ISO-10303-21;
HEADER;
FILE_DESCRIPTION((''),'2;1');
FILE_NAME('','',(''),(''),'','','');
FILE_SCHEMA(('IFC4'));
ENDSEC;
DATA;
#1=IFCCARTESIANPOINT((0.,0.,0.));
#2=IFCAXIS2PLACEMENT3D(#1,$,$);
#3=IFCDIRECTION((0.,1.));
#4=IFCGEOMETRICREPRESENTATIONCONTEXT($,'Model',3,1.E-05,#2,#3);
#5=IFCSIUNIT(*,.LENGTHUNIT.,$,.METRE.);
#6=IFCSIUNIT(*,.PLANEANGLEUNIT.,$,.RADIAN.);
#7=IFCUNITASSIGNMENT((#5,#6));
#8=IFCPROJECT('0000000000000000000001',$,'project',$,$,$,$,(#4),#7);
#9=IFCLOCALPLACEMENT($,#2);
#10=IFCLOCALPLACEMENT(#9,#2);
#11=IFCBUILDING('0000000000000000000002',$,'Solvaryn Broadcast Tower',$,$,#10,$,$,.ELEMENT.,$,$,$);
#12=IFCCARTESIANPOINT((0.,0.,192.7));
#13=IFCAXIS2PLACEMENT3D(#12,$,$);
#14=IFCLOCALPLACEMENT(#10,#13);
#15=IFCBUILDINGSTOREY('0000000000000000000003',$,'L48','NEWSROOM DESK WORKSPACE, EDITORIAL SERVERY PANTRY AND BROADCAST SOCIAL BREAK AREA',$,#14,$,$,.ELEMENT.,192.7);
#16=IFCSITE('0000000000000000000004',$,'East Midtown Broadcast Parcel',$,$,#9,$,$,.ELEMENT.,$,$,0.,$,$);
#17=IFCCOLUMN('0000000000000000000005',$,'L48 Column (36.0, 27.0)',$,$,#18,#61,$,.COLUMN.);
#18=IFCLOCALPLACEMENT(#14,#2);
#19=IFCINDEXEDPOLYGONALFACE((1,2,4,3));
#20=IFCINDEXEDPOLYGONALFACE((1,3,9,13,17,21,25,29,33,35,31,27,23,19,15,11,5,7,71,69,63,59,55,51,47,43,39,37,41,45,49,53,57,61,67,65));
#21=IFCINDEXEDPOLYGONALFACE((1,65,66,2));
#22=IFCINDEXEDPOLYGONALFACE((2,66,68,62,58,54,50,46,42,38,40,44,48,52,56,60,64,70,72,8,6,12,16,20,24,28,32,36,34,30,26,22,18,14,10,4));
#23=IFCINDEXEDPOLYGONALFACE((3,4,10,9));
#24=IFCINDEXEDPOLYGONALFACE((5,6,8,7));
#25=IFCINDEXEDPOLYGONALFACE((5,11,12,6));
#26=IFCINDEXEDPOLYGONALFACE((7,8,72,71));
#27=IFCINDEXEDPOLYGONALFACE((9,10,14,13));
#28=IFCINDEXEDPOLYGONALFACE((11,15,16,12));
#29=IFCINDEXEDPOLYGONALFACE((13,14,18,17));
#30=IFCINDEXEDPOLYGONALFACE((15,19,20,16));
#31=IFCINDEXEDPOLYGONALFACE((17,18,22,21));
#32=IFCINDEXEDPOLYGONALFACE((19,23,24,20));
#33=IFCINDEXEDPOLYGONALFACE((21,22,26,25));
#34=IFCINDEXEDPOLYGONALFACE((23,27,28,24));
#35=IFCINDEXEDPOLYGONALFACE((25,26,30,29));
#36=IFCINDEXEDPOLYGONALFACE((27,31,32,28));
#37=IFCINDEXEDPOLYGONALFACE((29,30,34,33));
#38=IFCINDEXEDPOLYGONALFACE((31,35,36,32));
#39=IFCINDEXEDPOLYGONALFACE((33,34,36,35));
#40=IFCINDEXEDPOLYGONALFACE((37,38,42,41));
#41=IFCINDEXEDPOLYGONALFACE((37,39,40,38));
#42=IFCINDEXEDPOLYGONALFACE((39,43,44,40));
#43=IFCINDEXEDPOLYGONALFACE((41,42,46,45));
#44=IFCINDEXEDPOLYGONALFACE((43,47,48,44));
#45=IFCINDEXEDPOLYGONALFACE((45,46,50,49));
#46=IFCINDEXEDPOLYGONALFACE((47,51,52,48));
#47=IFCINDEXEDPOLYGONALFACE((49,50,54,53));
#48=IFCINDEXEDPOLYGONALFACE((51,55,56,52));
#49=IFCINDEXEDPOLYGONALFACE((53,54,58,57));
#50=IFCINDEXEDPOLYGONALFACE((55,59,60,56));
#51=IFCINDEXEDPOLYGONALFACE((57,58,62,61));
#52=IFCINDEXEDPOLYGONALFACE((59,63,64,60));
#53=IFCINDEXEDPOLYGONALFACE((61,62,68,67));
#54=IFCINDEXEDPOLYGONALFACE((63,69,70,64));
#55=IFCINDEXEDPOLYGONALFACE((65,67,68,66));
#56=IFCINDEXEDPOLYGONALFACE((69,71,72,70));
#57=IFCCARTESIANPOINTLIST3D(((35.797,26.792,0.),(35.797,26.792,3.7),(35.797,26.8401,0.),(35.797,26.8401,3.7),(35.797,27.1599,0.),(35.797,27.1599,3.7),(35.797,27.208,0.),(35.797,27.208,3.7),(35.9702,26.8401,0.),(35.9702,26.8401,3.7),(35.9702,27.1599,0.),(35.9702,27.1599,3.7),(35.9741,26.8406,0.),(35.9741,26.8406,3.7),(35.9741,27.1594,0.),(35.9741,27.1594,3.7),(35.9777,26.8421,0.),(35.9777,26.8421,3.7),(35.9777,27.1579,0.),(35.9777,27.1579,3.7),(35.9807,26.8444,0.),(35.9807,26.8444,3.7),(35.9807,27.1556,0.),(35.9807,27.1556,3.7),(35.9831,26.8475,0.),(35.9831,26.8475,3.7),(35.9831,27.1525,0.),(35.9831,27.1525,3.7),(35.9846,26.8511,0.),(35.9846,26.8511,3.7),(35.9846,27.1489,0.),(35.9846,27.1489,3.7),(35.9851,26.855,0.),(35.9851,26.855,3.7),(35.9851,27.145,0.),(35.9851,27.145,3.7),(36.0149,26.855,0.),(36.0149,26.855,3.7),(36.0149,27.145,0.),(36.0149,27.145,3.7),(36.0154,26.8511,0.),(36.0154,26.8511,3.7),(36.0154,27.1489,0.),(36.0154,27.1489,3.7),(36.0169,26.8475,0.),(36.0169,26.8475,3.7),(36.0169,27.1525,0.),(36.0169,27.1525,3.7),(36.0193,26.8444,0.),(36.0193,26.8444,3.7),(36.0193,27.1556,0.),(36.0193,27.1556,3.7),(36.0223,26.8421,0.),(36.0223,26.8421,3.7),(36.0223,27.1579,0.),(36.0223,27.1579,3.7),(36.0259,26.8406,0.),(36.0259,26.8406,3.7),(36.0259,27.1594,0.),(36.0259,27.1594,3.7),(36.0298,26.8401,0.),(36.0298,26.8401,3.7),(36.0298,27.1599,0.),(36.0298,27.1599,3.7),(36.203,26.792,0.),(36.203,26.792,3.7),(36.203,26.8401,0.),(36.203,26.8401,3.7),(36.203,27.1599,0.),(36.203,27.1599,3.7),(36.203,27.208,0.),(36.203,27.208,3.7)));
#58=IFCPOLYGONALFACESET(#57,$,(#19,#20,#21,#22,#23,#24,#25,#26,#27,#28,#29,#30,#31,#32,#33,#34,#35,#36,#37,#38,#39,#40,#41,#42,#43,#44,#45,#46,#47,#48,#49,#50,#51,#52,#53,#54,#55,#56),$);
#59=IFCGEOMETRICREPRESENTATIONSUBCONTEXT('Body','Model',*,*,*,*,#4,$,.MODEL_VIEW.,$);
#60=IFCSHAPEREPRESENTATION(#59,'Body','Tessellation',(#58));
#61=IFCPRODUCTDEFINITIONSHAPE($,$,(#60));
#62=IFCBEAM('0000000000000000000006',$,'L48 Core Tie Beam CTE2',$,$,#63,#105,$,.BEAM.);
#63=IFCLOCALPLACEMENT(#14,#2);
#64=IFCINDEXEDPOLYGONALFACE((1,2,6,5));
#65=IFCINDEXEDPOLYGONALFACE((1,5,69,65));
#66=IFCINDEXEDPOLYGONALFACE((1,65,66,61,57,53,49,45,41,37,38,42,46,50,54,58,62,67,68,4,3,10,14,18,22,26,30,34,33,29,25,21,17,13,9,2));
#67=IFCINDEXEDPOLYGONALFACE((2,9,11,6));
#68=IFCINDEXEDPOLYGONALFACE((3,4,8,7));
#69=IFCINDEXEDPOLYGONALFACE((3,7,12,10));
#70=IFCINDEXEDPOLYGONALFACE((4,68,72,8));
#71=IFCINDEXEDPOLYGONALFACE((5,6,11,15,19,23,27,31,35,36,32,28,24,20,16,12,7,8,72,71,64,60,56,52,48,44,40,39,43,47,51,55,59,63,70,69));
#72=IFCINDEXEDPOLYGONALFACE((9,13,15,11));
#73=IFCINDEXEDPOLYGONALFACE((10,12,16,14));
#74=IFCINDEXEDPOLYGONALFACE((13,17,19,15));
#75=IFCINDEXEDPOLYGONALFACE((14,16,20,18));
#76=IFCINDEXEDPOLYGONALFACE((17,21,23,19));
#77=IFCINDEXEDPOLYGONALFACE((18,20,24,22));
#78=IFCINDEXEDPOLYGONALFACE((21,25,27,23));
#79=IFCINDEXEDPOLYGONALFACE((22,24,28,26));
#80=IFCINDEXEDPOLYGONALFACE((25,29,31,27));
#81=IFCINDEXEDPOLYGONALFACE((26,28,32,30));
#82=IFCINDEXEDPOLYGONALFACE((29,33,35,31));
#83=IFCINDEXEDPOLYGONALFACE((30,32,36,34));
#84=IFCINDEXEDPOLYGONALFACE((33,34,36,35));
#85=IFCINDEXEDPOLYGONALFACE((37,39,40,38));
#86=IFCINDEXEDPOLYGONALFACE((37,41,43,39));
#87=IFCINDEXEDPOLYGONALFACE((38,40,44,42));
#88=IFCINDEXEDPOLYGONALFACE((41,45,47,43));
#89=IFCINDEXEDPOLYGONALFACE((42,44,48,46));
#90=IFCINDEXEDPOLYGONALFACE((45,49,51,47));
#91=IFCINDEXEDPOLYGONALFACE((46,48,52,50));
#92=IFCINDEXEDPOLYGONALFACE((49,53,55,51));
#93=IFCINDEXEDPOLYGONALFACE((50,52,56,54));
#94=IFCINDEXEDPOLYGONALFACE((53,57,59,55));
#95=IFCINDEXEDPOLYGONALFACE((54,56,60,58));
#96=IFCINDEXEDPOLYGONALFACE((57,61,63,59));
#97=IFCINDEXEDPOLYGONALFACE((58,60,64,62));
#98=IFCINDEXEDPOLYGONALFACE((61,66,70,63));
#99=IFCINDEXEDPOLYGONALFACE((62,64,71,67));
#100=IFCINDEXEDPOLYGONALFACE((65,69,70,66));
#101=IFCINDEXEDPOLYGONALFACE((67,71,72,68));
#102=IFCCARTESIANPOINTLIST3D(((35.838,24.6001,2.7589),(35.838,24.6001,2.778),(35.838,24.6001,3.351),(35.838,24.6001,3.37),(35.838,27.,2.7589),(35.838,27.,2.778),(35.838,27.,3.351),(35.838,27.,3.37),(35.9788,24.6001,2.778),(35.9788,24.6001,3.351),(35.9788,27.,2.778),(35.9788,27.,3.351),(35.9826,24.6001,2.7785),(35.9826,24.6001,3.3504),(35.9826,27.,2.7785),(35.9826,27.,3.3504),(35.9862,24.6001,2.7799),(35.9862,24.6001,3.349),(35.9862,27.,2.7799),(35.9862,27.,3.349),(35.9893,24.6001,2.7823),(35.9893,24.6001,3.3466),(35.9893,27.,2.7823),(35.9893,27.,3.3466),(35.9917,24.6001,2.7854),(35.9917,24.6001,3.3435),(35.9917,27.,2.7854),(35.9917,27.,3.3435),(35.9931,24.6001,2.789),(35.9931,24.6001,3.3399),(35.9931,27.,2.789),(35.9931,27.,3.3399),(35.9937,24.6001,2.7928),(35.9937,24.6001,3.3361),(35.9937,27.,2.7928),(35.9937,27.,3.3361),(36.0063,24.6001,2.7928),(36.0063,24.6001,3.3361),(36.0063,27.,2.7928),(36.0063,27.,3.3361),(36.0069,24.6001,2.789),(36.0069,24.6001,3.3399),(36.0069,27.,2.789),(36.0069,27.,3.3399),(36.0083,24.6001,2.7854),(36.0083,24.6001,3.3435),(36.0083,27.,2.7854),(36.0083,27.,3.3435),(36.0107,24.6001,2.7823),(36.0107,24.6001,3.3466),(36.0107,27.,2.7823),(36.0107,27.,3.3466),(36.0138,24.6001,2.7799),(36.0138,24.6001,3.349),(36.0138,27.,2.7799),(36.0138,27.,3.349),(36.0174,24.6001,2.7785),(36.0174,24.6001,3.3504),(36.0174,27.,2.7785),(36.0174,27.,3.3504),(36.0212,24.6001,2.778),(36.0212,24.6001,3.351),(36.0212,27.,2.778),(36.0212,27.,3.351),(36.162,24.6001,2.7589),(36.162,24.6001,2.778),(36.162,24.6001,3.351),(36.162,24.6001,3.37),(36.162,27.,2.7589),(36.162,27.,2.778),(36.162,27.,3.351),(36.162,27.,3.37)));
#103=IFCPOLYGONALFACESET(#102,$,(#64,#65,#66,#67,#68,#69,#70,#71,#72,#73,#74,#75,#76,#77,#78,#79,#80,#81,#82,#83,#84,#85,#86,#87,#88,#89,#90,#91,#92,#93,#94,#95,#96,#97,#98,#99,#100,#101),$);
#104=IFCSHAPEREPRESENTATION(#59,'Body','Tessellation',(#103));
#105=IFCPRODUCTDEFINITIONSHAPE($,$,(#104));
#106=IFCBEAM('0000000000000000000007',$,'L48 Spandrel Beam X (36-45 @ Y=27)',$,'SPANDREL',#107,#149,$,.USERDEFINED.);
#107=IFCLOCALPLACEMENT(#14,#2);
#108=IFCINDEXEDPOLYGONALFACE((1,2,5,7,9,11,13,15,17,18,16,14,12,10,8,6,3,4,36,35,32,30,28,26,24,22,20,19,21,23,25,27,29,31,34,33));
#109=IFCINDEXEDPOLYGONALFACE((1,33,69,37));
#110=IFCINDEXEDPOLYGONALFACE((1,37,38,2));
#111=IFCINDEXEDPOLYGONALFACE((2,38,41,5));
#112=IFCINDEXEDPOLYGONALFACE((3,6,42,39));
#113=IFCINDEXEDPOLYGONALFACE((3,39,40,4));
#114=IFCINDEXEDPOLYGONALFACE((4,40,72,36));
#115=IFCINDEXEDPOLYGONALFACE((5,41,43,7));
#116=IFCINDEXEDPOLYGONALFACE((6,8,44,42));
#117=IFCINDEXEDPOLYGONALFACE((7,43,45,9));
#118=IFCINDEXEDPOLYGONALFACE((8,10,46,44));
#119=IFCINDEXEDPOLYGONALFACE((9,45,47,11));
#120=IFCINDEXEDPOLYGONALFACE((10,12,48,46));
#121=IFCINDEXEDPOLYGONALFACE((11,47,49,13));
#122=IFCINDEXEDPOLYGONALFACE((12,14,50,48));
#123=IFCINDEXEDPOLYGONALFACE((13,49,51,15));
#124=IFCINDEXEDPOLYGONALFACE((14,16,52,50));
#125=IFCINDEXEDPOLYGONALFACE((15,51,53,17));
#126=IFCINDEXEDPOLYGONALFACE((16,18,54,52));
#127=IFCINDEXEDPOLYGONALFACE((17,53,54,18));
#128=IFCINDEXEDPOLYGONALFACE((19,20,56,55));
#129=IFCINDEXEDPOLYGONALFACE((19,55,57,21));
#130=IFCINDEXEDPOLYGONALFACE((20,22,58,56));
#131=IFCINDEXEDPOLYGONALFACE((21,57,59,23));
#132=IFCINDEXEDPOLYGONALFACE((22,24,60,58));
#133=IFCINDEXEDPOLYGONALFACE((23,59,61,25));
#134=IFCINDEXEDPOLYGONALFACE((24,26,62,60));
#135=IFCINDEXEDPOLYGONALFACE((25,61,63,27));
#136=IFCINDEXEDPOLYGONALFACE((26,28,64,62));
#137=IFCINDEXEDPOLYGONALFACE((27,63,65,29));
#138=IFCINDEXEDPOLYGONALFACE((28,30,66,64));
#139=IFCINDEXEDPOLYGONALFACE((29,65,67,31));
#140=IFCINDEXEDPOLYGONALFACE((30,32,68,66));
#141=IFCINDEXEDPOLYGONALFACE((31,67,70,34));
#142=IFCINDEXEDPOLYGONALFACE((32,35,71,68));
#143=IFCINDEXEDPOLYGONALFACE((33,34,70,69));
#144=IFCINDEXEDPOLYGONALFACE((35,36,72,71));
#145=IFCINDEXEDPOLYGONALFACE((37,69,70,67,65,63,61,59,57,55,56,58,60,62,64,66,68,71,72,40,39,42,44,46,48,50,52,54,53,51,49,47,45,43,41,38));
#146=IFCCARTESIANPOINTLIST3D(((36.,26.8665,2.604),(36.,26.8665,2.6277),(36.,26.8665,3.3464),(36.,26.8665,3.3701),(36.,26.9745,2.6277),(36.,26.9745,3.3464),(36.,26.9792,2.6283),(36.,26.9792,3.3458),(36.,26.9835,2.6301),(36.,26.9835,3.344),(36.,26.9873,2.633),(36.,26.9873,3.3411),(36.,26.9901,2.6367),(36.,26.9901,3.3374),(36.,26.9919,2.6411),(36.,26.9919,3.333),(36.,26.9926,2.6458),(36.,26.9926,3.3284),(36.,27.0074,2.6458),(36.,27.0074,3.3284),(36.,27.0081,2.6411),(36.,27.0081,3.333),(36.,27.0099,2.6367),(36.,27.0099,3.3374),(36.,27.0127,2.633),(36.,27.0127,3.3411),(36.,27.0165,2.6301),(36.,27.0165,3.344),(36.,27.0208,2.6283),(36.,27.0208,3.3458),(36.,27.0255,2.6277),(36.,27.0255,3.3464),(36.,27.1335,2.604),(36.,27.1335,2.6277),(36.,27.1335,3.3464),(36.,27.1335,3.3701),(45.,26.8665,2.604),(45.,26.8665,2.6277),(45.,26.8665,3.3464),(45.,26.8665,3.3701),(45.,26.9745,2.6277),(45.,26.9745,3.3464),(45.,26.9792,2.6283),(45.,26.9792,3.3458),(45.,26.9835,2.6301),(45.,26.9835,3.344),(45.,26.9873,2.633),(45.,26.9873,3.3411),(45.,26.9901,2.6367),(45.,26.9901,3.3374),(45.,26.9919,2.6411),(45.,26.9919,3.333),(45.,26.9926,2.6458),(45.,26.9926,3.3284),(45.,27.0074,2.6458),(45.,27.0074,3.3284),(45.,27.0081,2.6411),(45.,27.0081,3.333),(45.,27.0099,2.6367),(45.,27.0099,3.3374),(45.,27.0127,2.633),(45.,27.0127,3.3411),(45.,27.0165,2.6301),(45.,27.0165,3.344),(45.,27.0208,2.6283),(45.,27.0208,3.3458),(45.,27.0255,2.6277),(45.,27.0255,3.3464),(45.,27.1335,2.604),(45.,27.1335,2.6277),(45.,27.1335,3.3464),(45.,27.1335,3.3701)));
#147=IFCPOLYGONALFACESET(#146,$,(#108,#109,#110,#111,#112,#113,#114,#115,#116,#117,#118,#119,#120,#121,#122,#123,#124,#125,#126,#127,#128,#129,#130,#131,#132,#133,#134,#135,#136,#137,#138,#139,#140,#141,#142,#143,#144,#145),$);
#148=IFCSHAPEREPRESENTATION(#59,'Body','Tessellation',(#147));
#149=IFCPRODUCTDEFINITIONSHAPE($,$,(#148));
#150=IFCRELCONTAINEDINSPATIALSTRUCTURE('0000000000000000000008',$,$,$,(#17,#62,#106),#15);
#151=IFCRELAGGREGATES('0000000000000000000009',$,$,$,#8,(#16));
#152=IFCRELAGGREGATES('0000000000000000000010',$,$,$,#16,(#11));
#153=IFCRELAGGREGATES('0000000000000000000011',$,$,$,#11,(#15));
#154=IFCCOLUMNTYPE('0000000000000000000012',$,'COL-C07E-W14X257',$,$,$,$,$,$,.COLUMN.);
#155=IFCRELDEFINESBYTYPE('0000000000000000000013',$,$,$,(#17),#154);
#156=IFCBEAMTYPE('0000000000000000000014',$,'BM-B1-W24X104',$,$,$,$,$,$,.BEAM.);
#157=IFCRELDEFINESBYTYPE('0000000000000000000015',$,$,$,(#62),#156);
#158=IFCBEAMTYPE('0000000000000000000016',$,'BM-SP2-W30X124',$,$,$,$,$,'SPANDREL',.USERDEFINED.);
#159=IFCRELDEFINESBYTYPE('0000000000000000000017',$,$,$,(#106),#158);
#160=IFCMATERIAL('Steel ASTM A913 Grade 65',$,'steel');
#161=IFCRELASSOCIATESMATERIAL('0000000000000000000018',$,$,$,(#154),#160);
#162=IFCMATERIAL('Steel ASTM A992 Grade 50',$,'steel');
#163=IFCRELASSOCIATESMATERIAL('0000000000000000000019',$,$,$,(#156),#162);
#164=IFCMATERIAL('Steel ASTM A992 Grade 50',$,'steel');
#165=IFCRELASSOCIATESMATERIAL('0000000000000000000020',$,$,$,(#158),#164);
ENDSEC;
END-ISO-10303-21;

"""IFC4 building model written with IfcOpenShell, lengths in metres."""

from ifc_helpers import new_model, si_unit, direction, frame, origin, origin_2d, place, context, subcontext, project, spatial, i_section, extrude, material, material_profile, profile_set, type_object, element, save


model = new_model("IFC4")

# Units and contexts
model_context = context("Model", 3, precision=1e-05, world=origin(), true_north=direction((0.0, 1.0)))
body_context = subcontext(model_context, "Body", "Model", "MODEL_VIEW")
ifc_project = project(units=[si_unit("LENGTHUNIT", "METRE"), si_unit("PLANEANGLEUNIT", "RADIAN")], contexts=[model_context])

# Site, building, storey
site_placement = place(None, origin())
site = spatial("IfcSite", under=ifc_project, at=site_placement, Name="East Midtown Broadcast Parcel", CompositionType="ELEMENT", RefElevation=0.0)
building_placement = place(site_placement, origin())
building = spatial("IfcBuilding", under=site, at=building_placement, Name="Solvaryn Broadcast Tower", CompositionType="ELEMENT")
storey_placement = place(building_placement, frame((0.0, 0.0, 192.7)))
storey = spatial("IfcBuildingStorey", under=building, at=storey_placement, Name="L48", Description="NEWSROOM DESK WORKSPACE, EDITORIAL SERVERY PANTRY AND BROADCAST SOCIAL BREAK AREA", CompositionType="ELEMENT", Elevation=192.7)

# Column
ifc_material_1 = material(Name="Steel ASTM A913 Grade 65", Category="steel")
ifc_material_profile_1 = material_profile(ifc_material_1, i_section(OverallWidth=0.406, OverallDepth=0.416, WebThickness=0.0298, FlangeThickness=0.0481, FilletRadius=0.0149, at=origin_2d()))
ifc_profile_set_1 = profile_set([ifc_material_profile_1], Name="Steel ASTM A913 Grade 65")
column_type = type_object("IfcColumnType", Name="COL-C07E-W14X257", PredefinedType="COLUMN", material=ifc_profile_set_1)
column_placement = place(storey_placement, frame((36.0, 27.0, 0.0), z_axis=(0.0, 0.0, 1.0), x_axis=(1.0, 0.0, 0.0)))
element("IfcColumn", 1, at=column_placement, inside=storey, type_object=column_type, Name="L48 Column (36.0, 27.0)", PredefinedType="COLUMN", context=body_context, shape_type="SweptSolid", body=[
    extrude(i_section(OverallWidth=0.406, OverallDepth=0.416, WebThickness=0.0298, FlangeThickness=0.0481, FilletRadius=0.0149, at=origin_2d()), origin(), (0.0, 0.0, 1.0), 3.7),
])

# Beams
ifc_material_2 = material(Name="Steel ASTM A992 Grade 50", Category="steel")
ifc_material_profile_2 = material_profile(ifc_material_2, i_section(OverallWidth=0.324, OverallDepth=0.6111, WebThickness=0.0127, FlangeThickness=0.019, FilletRadius=0.0149, at=origin_2d()))
ifc_profile_set_2 = profile_set([ifc_material_profile_2], Name="Steel ASTM A992 Grade 50")
beam_type_1 = type_object("IfcBeamType", Name="BM-B1-W24X104", PredefinedType="BEAM", material=ifc_profile_set_2)
beam_1_placement = place(storey_placement, frame((36.0, 24.6001, 3.0645), z_axis=(0.0, 1.0, 0.0), x_axis=(-1.0, 0.0, 0.0)))
element("IfcBeam", 2, at=beam_1_placement, inside=storey, type_object=beam_type_1, Name="L48 Core Tie Beam CTE2", PredefinedType="BEAM", context=body_context, shape_type="SweptSolid", body=[
    extrude(i_section(OverallWidth=0.324, OverallDepth=0.6111, WebThickness=0.0127, FlangeThickness=0.019, FilletRadius=0.0149, at=origin_2d()), origin(), (0.0, 0.0, 1.0), 2.3999),
])
ifc_material_3 = material(Name="Steel ASTM A992 Grade 50", Category="steel")
ifc_material_profile_3 = material_profile(ifc_material_3, i_section(OverallWidth=0.2671, OverallDepth=0.7661, WebThickness=0.0149, FlangeThickness=0.0237, FilletRadius=0.0181, at=origin_2d()))
ifc_profile_set_3 = profile_set([ifc_material_profile_3], Name="Steel ASTM A992 Grade 50")
beam_type_2 = type_object("IfcBeamType", Name="BM-SP2-W30X124", ElementType="SPANDREL", PredefinedType="USERDEFINED", material=ifc_profile_set_3)
beam_2_placement = place(storey_placement, frame((36.0, 27.0, 2.9871), z_axis=(1.0, 0.0, 0.0), x_axis=(0.0, 1.0, 0.0)))
element("IfcBeam", 3, at=beam_2_placement, inside=storey, type_object=beam_type_2, Name="L48 Spandrel Beam X (36-45 @ Y=27)", ObjectType="SPANDREL", PredefinedType="USERDEFINED", context=body_context, shape_type="SweptSolid", body=[
    extrude(i_section(OverallWidth=0.2671, OverallDepth=0.7661, WebThickness=0.0149, FlangeThickness=0.0237, FilletRadius=0.0181, at=origin_2d()), origin(), (0.0, 0.0, 1.0), 9.0),
])

save(model, "model.ifc")
